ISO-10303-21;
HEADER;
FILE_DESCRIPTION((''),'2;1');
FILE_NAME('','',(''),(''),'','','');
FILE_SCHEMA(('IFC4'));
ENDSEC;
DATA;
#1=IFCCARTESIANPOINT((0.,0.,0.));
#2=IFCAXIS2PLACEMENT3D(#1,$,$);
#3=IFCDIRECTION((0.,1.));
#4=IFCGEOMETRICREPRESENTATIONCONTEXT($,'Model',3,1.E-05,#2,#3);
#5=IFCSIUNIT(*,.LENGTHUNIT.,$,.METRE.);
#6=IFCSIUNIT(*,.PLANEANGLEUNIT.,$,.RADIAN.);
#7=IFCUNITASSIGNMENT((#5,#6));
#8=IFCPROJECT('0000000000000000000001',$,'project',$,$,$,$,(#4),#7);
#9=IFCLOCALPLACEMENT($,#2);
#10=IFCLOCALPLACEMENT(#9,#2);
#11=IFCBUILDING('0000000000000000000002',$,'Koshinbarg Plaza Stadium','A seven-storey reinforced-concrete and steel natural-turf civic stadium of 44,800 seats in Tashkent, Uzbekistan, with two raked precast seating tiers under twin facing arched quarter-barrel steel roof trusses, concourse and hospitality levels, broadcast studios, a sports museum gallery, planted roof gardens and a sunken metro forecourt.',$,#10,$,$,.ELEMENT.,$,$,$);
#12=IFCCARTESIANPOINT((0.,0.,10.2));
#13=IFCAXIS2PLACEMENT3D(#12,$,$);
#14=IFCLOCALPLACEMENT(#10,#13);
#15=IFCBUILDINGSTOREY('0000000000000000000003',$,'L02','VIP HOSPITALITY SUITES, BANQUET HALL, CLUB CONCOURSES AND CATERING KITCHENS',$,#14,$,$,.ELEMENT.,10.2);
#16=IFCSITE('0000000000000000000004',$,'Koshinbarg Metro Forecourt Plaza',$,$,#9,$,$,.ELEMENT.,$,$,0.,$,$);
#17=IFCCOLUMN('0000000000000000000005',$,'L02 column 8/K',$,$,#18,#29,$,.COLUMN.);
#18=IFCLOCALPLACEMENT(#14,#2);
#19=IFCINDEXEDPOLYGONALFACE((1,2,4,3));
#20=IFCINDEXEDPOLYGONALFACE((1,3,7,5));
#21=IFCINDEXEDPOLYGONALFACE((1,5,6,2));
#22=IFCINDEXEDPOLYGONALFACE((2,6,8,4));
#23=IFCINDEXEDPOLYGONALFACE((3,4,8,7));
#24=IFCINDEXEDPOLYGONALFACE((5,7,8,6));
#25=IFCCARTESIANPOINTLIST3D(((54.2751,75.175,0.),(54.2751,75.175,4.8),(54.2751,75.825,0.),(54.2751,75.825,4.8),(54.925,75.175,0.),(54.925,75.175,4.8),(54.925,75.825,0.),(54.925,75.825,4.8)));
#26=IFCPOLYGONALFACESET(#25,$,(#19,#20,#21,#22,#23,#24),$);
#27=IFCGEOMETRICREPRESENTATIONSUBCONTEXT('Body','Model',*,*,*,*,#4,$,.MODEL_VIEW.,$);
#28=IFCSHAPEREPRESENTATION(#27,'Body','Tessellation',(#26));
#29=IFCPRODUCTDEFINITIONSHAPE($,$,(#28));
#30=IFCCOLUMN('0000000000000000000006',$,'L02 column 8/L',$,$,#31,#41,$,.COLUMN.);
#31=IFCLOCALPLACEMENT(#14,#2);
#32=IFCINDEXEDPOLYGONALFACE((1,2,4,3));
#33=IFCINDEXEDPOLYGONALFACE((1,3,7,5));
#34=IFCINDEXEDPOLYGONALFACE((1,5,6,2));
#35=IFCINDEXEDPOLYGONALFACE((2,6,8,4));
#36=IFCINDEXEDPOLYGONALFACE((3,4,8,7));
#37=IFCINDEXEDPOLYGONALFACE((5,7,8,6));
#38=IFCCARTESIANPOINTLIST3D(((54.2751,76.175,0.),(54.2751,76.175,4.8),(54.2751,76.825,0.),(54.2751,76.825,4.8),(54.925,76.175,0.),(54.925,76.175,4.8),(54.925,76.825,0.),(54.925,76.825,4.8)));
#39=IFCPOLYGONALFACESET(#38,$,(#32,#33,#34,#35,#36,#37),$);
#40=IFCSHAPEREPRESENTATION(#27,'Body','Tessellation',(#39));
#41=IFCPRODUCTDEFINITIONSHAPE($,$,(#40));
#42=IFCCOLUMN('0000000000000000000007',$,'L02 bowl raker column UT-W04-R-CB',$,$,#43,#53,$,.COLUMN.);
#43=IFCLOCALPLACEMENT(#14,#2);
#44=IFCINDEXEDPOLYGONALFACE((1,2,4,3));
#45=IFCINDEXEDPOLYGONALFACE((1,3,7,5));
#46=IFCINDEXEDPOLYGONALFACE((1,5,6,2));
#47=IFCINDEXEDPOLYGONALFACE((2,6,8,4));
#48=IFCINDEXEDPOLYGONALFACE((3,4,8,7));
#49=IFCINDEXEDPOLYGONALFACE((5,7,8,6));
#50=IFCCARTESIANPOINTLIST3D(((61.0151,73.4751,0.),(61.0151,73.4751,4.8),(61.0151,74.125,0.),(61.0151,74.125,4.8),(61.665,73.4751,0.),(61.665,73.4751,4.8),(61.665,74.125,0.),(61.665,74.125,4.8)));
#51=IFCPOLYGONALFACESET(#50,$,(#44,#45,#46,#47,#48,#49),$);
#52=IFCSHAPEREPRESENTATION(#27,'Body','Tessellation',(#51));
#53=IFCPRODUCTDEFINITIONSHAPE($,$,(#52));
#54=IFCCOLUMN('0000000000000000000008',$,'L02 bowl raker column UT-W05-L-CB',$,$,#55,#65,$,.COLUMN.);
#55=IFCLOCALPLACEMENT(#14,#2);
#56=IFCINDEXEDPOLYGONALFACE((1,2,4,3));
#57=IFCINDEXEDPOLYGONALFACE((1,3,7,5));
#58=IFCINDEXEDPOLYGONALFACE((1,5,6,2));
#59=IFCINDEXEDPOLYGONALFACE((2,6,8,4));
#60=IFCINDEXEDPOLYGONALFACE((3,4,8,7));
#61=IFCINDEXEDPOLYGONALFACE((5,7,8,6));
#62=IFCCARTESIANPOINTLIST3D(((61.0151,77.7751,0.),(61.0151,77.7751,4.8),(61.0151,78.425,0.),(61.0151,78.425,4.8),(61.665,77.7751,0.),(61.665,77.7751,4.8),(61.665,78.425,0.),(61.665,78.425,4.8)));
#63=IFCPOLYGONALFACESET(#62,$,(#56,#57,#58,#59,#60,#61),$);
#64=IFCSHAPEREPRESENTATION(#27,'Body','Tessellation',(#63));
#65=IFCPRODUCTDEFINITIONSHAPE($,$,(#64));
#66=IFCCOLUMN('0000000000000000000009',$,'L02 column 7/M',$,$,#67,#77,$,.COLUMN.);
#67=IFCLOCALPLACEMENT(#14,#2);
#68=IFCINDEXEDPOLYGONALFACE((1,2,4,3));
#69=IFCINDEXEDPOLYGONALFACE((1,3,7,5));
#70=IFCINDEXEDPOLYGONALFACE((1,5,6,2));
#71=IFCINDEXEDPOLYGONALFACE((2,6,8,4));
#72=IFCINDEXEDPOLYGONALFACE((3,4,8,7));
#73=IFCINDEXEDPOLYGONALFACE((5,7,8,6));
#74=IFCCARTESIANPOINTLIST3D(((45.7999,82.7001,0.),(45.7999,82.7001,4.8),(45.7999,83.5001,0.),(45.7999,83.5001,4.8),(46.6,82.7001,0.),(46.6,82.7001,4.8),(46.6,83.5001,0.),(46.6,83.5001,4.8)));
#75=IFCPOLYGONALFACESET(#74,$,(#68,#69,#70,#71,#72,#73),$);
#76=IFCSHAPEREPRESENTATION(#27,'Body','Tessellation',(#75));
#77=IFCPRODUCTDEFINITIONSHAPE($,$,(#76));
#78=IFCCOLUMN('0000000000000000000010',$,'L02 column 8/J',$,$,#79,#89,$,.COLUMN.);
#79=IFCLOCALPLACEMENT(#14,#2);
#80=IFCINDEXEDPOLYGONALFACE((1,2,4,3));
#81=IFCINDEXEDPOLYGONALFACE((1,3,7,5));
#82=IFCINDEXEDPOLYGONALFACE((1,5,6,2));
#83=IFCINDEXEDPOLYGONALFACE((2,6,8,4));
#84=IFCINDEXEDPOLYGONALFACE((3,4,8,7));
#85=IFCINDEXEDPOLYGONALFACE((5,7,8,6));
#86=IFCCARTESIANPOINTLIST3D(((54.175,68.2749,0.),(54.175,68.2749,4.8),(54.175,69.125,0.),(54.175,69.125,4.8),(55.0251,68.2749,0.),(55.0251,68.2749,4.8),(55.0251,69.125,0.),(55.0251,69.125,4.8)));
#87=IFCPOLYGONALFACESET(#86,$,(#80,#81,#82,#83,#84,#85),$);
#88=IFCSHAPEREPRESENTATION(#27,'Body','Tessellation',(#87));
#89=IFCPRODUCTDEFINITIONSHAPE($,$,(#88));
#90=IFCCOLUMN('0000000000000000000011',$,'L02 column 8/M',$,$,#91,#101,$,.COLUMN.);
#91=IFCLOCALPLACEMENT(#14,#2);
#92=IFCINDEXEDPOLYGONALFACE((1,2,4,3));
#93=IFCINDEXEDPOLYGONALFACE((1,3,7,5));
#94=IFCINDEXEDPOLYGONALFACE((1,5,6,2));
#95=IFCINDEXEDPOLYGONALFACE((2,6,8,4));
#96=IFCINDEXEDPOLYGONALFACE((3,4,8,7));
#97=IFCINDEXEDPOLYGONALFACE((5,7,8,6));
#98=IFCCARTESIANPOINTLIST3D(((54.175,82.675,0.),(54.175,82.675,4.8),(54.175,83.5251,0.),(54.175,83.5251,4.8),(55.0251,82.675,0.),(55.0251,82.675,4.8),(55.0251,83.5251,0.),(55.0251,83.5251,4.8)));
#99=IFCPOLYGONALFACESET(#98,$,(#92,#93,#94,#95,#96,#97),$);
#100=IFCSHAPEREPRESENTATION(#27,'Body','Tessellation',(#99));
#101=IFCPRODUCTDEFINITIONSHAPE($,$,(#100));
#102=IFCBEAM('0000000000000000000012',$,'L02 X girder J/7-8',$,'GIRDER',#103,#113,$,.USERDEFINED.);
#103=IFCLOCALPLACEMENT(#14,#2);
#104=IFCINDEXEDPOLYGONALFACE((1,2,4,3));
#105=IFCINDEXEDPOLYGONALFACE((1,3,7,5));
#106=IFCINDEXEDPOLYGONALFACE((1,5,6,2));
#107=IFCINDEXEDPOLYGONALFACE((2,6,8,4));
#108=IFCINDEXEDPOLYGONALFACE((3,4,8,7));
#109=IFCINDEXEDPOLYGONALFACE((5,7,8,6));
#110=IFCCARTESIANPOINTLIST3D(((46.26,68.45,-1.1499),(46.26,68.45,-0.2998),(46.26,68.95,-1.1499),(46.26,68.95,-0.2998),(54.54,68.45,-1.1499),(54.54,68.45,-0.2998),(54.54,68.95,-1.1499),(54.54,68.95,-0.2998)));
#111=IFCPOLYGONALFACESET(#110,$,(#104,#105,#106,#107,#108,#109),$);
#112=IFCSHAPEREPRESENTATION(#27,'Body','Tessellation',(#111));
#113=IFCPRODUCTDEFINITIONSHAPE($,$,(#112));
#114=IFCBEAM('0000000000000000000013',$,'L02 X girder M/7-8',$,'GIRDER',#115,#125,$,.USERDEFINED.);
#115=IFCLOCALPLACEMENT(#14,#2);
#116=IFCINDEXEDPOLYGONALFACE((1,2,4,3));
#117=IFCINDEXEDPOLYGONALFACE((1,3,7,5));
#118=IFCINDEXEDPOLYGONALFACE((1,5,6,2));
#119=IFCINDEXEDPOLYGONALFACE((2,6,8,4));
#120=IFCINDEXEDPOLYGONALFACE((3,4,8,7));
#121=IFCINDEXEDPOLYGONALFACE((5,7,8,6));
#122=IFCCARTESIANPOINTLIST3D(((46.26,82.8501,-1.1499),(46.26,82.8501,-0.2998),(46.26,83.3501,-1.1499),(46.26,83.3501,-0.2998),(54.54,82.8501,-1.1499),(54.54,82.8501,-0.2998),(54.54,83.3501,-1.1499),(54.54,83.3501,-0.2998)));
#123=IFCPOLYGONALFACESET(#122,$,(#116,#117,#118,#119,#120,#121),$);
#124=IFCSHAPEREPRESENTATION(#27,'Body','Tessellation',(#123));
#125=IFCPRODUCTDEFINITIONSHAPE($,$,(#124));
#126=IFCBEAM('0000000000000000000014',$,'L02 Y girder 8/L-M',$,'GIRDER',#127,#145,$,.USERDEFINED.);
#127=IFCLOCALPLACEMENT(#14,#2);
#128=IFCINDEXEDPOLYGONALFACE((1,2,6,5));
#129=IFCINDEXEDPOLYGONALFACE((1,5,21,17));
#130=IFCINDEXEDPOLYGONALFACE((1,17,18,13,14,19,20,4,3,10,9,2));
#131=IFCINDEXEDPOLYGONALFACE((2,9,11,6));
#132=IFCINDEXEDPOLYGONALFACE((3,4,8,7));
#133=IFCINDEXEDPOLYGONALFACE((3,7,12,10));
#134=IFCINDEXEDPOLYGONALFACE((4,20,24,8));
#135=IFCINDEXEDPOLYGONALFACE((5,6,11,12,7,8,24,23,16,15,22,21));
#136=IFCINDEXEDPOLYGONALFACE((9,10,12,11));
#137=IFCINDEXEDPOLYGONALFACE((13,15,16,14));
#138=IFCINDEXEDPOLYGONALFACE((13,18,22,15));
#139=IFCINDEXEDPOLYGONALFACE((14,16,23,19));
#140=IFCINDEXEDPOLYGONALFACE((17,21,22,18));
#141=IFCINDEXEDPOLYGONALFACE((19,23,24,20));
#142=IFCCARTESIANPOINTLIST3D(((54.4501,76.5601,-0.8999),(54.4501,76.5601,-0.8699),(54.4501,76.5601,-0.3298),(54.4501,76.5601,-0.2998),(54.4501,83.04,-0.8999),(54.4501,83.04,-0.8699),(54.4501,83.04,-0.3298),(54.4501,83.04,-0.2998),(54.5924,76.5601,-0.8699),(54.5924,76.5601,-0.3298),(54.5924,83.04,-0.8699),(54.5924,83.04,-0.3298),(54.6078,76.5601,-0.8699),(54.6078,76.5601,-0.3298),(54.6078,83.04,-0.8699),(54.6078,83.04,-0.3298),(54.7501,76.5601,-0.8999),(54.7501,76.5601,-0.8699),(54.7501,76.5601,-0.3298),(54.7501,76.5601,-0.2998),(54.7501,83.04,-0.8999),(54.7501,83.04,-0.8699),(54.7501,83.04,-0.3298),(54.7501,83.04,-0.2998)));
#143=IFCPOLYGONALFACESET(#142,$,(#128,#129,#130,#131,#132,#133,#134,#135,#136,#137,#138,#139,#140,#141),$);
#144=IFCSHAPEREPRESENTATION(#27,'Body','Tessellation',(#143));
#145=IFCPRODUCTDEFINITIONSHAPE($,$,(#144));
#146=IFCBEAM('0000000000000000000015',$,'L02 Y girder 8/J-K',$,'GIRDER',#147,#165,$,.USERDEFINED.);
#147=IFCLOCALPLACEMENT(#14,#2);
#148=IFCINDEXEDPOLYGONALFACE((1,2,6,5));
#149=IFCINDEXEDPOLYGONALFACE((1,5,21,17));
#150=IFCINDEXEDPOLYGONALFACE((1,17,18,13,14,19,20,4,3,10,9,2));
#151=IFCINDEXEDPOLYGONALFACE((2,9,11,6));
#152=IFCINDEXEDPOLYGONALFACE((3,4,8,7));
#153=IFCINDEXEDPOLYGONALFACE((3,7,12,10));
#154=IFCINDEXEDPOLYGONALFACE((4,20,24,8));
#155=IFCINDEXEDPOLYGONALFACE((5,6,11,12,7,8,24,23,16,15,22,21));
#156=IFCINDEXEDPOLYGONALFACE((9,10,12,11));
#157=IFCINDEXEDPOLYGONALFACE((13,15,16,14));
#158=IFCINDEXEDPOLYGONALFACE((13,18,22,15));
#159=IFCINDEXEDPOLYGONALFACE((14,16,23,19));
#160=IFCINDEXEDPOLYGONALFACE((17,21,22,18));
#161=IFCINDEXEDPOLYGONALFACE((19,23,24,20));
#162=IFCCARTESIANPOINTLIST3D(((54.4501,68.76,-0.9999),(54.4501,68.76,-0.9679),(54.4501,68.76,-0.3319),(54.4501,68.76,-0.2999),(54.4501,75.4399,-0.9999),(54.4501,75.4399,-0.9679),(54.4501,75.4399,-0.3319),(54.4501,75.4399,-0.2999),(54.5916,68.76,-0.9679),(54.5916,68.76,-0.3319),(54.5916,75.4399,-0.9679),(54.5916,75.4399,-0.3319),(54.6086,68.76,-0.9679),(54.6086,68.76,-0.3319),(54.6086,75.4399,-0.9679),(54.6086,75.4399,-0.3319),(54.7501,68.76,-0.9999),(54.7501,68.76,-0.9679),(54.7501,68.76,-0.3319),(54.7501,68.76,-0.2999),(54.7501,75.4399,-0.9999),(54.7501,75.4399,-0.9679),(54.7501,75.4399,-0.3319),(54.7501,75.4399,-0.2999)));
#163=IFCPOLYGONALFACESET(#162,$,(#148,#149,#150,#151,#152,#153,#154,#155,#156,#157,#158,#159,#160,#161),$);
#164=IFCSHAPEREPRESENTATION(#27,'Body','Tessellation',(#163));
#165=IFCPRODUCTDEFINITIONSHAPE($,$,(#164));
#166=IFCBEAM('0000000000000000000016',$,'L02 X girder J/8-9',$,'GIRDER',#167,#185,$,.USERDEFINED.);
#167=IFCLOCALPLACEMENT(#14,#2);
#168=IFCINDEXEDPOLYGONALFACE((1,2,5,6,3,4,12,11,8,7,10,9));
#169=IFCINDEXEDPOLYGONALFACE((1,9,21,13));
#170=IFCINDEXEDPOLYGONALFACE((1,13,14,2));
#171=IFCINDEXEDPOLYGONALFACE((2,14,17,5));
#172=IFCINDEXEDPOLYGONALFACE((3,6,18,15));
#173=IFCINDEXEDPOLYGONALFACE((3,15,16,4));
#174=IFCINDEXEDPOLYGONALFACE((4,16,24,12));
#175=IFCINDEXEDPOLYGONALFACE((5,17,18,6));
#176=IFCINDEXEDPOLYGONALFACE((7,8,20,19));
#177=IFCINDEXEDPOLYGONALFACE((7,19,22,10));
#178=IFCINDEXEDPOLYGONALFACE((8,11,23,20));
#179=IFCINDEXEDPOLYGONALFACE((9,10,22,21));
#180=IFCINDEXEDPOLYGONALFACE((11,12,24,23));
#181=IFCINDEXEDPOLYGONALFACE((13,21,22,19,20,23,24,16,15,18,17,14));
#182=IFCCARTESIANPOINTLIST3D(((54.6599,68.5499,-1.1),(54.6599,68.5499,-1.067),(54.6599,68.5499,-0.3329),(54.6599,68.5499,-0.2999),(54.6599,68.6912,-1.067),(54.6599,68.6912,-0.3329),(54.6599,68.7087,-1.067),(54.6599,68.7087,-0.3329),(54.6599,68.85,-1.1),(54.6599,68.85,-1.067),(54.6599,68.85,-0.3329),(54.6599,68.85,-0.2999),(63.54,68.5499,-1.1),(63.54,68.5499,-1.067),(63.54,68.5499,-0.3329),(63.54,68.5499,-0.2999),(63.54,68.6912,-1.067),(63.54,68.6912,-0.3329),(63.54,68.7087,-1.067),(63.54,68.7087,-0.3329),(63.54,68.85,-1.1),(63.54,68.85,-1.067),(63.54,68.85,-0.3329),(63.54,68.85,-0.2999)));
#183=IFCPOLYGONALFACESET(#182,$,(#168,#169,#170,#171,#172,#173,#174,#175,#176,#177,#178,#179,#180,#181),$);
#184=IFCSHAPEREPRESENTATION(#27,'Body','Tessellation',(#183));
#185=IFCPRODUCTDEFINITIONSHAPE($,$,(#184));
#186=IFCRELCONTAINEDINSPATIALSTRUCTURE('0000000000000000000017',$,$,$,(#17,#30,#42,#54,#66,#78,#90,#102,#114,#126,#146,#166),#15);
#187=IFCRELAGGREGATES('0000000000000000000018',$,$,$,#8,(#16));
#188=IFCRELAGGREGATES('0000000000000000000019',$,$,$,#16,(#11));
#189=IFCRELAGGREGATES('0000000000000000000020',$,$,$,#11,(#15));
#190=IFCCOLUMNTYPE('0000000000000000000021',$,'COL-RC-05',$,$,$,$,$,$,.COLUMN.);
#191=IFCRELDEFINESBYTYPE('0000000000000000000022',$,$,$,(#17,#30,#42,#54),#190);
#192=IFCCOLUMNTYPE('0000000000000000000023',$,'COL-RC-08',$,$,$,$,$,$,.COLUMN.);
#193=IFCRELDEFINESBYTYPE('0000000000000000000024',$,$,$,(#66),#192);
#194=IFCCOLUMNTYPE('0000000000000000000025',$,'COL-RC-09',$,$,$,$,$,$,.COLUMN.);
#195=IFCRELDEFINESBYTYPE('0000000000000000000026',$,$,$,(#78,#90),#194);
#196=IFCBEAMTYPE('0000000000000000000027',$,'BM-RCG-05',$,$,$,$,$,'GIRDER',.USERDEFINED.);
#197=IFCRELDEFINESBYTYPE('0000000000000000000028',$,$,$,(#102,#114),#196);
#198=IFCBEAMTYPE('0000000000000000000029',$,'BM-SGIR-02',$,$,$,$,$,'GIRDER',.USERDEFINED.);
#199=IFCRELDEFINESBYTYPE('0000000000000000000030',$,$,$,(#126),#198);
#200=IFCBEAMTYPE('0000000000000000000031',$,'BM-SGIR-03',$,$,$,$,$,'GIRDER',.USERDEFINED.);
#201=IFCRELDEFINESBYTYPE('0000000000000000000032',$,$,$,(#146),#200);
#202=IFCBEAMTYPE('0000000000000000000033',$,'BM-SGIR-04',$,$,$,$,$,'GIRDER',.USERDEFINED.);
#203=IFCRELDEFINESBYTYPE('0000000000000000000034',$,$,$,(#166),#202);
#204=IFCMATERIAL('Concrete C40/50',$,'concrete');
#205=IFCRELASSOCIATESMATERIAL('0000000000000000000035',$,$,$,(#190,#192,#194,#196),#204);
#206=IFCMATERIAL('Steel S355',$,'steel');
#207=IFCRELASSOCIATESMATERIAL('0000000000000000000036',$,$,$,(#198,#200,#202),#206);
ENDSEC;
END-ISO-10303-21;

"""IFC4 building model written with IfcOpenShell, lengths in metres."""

from ifc_helpers import new_model, si_unit, direction, frame, origin, origin_2d, place, context, subcontext, project, spatial, rectangle, i_section, extrude, material, material_profile, profile_set, type_object, element, save


model = new_model("IFC4")

# Units and contexts
model_context = context("Model", 3, precision=1e-05, world=origin(), true_north=direction((0.0, 1.0)))
body_context = subcontext(model_context, "Body", "Model", "MODEL_VIEW")
ifc_project = project(units=[si_unit("LENGTHUNIT", "METRE"), si_unit("PLANEANGLEUNIT", "RADIAN")], contexts=[model_context])

# Site, building, storey
site_placement = place(None, origin())
site = spatial("IfcSite", under=ifc_project, at=site_placement, Name="Koshinbarg Metro Forecourt Plaza", CompositionType="ELEMENT", RefElevation=0.0)
building_placement = place(site_placement, origin())
building = spatial("IfcBuilding", under=site, at=building_placement, Name="Koshinbarg Plaza Stadium", Description="A seven-storey reinforced-concrete and steel natural-turf civic stadium of 44,800 seats in Tashkent, Uzbekistan, with two raked precast seating tiers under twin facing arched quarter-barrel steel roof trusses, concourse and hospitality levels, broadcast studios, a sports museum gallery, planted roof gardens and a sunken metro forecourt.", CompositionType="ELEMENT")
storey_placement = place(building_placement, frame((0.0, 0.0, 10.2)))
storey = spatial("IfcBuildingStorey", under=building, at=storey_placement, Name="L02", Description="VIP HOSPITALITY SUITES, BANQUET HALL, CLUB CONCOURSES AND CATERING KITCHENS", CompositionType="ELEMENT", Elevation=10.2)

# Columns
ifc_material_1 = material(Name="Concrete C40/50", Category="concrete")
ifc_material_profile_1 = material_profile(ifc_material_1, rectangle(XDim=0.6499, YDim=0.6499, at=origin_2d()), Name="RC 650x650")
ifc_profile_set_1 = profile_set([ifc_material_profile_1], Name="Concrete C40/50")
column_type_1 = type_object("IfcColumnType", Name="COL-RC-05", PredefinedType="COLUMN", material=ifc_profile_set_1)
for number, where, z_axis, x_axis, name in (
    (1, (54.6001, 75.5, 0.0), (0.0, 0.0, 1.0), (1.0, 0.0, 0.0), "L02 column 8/K"),
    (2, (54.6001, 76.5, 0.0), (0.0, 0.0, 1.0), (1.0, 0.0, 0.0), "L02 column 8/L"),
    (3, (61.3401, 73.8, 0.0), (0.0, 0.0, 1.0), (1.0, 0.0, 0.0), "L02 bowl raker column UT-W04-R-CB"),
    (4, (61.3401, 78.1001, 0.0), (0.0, 0.0, 1.0), (1.0, 0.0, 0.0), "L02 bowl raker column UT-W05-L-CB"),
):
    element("IfcColumn", number, at=place(storey_placement, frame(where, z_axis=z_axis, x_axis=x_axis)), inside=storey, type_object=column_type_1, Name=name, PredefinedType="COLUMN", context=body_context, shape_type="SweptSolid", body=[
        extrude(rectangle(XDim=0.6499, YDim=0.6499, at=origin_2d()), origin(), (0.0, 0.0, 1.0), 4.8),
    ])
ifc_material_profile_2 = material_profile(ifc_material_1, rectangle(XDim=0.8, YDim=0.8, at=origin_2d()), Name="RC 800x800")
ifc_profile_set_2 = profile_set([ifc_material_profile_2], Name="Concrete C40/50")
column_type_2 = type_object("IfcColumnType", Name="COL-RC-08", PredefinedType="COLUMN", material=ifc_profile_set_2)
column_placement = place(storey_placement, frame((46.2, 83.1001, 0.0), z_axis=(0.0, 0.0, 1.0), x_axis=(1.0, 0.0, 0.0)))
element("IfcColumn", 5, at=column_placement, inside=storey, type_object=column_type_2, Name="L02 column 7/M", PredefinedType="COLUMN", context=body_context, shape_type="SweptSolid", body=[
    extrude(rectangle(XDim=0.8, YDim=0.8, at=origin_2d()), origin(), (0.0, 0.0, 1.0), 4.8),
])
ifc_material_profile_3 = material_profile(ifc_material_1, rectangle(XDim=0.8501, YDim=0.8501, at=origin_2d()), Name="RC 850x850")
ifc_profile_set_3 = profile_set([ifc_material_profile_3], Name="Concrete C40/50")
column_type_3 = type_object("IfcColumnType", Name="COL-RC-09", PredefinedType="COLUMN", material=ifc_profile_set_3)
for number, where, z_axis, x_axis, name in (
    (6, (54.6001, 68.7, 0.0), (0.0, 0.0, 1.0), (1.0, 0.0, 0.0), "L02 column 8/J"),
    (7, (54.6001, 83.1001, 0.0), (0.0, 0.0, 1.0), (1.0, 0.0, 0.0), "L02 column 8/M"),
):
    element("IfcColumn", number, at=place(storey_placement, frame(where, z_axis=z_axis, x_axis=x_axis)), inside=storey, type_object=column_type_3, Name=name, PredefinedType="COLUMN", context=body_context, shape_type="SweptSolid", body=[
        extrude(rectangle(XDim=0.8501, YDim=0.8501, at=origin_2d()), origin(), (0.0, 0.0, 1.0), 4.8),
    ])

# Beams
ifc_material_profile_4 = material_profile(ifc_material_1, rectangle(XDim=0.5, YDim=0.8501, at=origin_2d()), Name="RC 500x850")
ifc_profile_set_4 = profile_set([ifc_material_profile_4], Name="Concrete C40/50")
beam_type_1 = type_object("IfcBeamType", Name="BM-RCG-05", ElementType="GIRDER", PredefinedType="USERDEFINED", material=ifc_profile_set_4)
for number, where, z_axis, x_axis, name in (
    (8, (46.26, 68.7, -0.7249), (1.0, 0.0, 0.0), (0.0, 1.0, 0.0), "L02 X girder J/7-8"),
    (9, (46.26, 83.1001, -0.7249), (1.0, 0.0, 0.0), (0.0, 1.0, 0.0), "L02 X girder M/7-8"),
):
    element("IfcBeam", number, at=place(storey_placement, frame(where, z_axis=z_axis, x_axis=x_axis)), inside=storey, type_object=beam_type_1, Name=name, ObjectType="GIRDER", PredefinedType="USERDEFINED", context=body_context, shape_type="SweptSolid", body=[
        extrude(rectangle(XDim=0.5, YDim=0.8501, at=origin_2d()), origin(), (0.0, 0.0, 1.0), 8.28),
    ])
ifc_material_2 = material(Name="Steel S355", Category="steel")
ifc_material_profile_5 = material_profile(ifc_material_2, i_section(OverallWidth=0.3, OverallDepth=0.6001, WebThickness=0.0154, FlangeThickness=0.03, at=origin_2d()), Name="HEB 600")
ifc_profile_set_5 = profile_set([ifc_material_profile_5], Name="Steel S355")
beam_type_2 = type_object("IfcBeamType", Name="BM-SGIR-02", ElementType="GIRDER", PredefinedType="USERDEFINED", material=ifc_profile_set_5)
beam_1_placement = place(storey_placement, frame((54.6001, 76.5601, -0.5999), z_axis=(0.0, 1.0, 0.0), x_axis=(-1.0, 0.0, 0.0)))
element("IfcBeam", 10, at=beam_1_placement, inside=storey, type_object=beam_type_2, Name="L02 Y girder 8/L-M", ObjectType="GIRDER", PredefinedType="USERDEFINED", context=body_context, shape_type="SweptSolid", body=[
    extrude(i_section(OverallWidth=0.3, OverallDepth=0.6001, WebThickness=0.0154, FlangeThickness=0.03, at=origin_2d()), origin(), (0.0, 0.0, 1.0), 6.48),
])
ifc_material_profile_6 = material_profile(ifc_material_2, i_section(OverallWidth=0.3, OverallDepth=0.7, WebThickness=0.0171, FlangeThickness=0.032, at=origin_2d()), Name="HEB 700")
ifc_profile_set_6 = profile_set([ifc_material_profile_6], Name="Steel S355")
beam_type_3 = type_object("IfcBeamType", Name="BM-SGIR-03", ElementType="GIRDER", PredefinedType="USERDEFINED", material=ifc_profile_set_6)
beam_2_placement = place(storey_placement, frame((54.6001, 68.76, -0.6499), z_axis=(0.0, 1.0, 0.0), x_axis=(-1.0, 0.0, 0.0)))
element("IfcBeam", 11, at=beam_2_placement, inside=storey, type_object=beam_type_3, Name="L02 Y girder 8/J-K", ObjectType="GIRDER", PredefinedType="USERDEFINED", context=body_context, shape_type="SweptSolid", body=[
    extrude(i_section(OverallWidth=0.3, OverallDepth=0.7, WebThickness=0.0171, FlangeThickness=0.032, at=origin_2d()), origin(), (0.0, 0.0, 1.0), 6.6799),
])
ifc_material_profile_7 = material_profile(ifc_material_2, i_section(OverallWidth=0.3, OverallDepth=0.8, WebThickness=0.0176, FlangeThickness=0.033, at=origin_2d()), Name="HEB 800")
ifc_profile_set_7 = profile_set([ifc_material_profile_7], Name="Steel S355")
beam_type_4 = type_object("IfcBeamType", Name="BM-SGIR-04", ElementType="GIRDER", PredefinedType="USERDEFINED", material=ifc_profile_set_7)
for number, where, z_axis, x_axis, name in (
    (12, (54.6599, 68.7, -0.7), (1.0, 0.0, 0.0), (0.0, 1.0, 0.0), "L02 X girder J/8-9"),
):
    element("IfcBeam", number, at=place(storey_placement, frame(where, z_axis=z_axis, x_axis=x_axis)), inside=storey, type_object=beam_type_4, Name=name, ObjectType="GIRDER", PredefinedType="USERDEFINED", context=body_context, shape_type="SweptSolid", body=[
        extrude(i_section(OverallWidth=0.3, OverallDepth=0.8, WebThickness=0.0176, FlangeThickness=0.033, at=origin_2d()), origin(), (0.0, 0.0, 1.0), 8.8801),
    ])

save(model, "model.ifc")
